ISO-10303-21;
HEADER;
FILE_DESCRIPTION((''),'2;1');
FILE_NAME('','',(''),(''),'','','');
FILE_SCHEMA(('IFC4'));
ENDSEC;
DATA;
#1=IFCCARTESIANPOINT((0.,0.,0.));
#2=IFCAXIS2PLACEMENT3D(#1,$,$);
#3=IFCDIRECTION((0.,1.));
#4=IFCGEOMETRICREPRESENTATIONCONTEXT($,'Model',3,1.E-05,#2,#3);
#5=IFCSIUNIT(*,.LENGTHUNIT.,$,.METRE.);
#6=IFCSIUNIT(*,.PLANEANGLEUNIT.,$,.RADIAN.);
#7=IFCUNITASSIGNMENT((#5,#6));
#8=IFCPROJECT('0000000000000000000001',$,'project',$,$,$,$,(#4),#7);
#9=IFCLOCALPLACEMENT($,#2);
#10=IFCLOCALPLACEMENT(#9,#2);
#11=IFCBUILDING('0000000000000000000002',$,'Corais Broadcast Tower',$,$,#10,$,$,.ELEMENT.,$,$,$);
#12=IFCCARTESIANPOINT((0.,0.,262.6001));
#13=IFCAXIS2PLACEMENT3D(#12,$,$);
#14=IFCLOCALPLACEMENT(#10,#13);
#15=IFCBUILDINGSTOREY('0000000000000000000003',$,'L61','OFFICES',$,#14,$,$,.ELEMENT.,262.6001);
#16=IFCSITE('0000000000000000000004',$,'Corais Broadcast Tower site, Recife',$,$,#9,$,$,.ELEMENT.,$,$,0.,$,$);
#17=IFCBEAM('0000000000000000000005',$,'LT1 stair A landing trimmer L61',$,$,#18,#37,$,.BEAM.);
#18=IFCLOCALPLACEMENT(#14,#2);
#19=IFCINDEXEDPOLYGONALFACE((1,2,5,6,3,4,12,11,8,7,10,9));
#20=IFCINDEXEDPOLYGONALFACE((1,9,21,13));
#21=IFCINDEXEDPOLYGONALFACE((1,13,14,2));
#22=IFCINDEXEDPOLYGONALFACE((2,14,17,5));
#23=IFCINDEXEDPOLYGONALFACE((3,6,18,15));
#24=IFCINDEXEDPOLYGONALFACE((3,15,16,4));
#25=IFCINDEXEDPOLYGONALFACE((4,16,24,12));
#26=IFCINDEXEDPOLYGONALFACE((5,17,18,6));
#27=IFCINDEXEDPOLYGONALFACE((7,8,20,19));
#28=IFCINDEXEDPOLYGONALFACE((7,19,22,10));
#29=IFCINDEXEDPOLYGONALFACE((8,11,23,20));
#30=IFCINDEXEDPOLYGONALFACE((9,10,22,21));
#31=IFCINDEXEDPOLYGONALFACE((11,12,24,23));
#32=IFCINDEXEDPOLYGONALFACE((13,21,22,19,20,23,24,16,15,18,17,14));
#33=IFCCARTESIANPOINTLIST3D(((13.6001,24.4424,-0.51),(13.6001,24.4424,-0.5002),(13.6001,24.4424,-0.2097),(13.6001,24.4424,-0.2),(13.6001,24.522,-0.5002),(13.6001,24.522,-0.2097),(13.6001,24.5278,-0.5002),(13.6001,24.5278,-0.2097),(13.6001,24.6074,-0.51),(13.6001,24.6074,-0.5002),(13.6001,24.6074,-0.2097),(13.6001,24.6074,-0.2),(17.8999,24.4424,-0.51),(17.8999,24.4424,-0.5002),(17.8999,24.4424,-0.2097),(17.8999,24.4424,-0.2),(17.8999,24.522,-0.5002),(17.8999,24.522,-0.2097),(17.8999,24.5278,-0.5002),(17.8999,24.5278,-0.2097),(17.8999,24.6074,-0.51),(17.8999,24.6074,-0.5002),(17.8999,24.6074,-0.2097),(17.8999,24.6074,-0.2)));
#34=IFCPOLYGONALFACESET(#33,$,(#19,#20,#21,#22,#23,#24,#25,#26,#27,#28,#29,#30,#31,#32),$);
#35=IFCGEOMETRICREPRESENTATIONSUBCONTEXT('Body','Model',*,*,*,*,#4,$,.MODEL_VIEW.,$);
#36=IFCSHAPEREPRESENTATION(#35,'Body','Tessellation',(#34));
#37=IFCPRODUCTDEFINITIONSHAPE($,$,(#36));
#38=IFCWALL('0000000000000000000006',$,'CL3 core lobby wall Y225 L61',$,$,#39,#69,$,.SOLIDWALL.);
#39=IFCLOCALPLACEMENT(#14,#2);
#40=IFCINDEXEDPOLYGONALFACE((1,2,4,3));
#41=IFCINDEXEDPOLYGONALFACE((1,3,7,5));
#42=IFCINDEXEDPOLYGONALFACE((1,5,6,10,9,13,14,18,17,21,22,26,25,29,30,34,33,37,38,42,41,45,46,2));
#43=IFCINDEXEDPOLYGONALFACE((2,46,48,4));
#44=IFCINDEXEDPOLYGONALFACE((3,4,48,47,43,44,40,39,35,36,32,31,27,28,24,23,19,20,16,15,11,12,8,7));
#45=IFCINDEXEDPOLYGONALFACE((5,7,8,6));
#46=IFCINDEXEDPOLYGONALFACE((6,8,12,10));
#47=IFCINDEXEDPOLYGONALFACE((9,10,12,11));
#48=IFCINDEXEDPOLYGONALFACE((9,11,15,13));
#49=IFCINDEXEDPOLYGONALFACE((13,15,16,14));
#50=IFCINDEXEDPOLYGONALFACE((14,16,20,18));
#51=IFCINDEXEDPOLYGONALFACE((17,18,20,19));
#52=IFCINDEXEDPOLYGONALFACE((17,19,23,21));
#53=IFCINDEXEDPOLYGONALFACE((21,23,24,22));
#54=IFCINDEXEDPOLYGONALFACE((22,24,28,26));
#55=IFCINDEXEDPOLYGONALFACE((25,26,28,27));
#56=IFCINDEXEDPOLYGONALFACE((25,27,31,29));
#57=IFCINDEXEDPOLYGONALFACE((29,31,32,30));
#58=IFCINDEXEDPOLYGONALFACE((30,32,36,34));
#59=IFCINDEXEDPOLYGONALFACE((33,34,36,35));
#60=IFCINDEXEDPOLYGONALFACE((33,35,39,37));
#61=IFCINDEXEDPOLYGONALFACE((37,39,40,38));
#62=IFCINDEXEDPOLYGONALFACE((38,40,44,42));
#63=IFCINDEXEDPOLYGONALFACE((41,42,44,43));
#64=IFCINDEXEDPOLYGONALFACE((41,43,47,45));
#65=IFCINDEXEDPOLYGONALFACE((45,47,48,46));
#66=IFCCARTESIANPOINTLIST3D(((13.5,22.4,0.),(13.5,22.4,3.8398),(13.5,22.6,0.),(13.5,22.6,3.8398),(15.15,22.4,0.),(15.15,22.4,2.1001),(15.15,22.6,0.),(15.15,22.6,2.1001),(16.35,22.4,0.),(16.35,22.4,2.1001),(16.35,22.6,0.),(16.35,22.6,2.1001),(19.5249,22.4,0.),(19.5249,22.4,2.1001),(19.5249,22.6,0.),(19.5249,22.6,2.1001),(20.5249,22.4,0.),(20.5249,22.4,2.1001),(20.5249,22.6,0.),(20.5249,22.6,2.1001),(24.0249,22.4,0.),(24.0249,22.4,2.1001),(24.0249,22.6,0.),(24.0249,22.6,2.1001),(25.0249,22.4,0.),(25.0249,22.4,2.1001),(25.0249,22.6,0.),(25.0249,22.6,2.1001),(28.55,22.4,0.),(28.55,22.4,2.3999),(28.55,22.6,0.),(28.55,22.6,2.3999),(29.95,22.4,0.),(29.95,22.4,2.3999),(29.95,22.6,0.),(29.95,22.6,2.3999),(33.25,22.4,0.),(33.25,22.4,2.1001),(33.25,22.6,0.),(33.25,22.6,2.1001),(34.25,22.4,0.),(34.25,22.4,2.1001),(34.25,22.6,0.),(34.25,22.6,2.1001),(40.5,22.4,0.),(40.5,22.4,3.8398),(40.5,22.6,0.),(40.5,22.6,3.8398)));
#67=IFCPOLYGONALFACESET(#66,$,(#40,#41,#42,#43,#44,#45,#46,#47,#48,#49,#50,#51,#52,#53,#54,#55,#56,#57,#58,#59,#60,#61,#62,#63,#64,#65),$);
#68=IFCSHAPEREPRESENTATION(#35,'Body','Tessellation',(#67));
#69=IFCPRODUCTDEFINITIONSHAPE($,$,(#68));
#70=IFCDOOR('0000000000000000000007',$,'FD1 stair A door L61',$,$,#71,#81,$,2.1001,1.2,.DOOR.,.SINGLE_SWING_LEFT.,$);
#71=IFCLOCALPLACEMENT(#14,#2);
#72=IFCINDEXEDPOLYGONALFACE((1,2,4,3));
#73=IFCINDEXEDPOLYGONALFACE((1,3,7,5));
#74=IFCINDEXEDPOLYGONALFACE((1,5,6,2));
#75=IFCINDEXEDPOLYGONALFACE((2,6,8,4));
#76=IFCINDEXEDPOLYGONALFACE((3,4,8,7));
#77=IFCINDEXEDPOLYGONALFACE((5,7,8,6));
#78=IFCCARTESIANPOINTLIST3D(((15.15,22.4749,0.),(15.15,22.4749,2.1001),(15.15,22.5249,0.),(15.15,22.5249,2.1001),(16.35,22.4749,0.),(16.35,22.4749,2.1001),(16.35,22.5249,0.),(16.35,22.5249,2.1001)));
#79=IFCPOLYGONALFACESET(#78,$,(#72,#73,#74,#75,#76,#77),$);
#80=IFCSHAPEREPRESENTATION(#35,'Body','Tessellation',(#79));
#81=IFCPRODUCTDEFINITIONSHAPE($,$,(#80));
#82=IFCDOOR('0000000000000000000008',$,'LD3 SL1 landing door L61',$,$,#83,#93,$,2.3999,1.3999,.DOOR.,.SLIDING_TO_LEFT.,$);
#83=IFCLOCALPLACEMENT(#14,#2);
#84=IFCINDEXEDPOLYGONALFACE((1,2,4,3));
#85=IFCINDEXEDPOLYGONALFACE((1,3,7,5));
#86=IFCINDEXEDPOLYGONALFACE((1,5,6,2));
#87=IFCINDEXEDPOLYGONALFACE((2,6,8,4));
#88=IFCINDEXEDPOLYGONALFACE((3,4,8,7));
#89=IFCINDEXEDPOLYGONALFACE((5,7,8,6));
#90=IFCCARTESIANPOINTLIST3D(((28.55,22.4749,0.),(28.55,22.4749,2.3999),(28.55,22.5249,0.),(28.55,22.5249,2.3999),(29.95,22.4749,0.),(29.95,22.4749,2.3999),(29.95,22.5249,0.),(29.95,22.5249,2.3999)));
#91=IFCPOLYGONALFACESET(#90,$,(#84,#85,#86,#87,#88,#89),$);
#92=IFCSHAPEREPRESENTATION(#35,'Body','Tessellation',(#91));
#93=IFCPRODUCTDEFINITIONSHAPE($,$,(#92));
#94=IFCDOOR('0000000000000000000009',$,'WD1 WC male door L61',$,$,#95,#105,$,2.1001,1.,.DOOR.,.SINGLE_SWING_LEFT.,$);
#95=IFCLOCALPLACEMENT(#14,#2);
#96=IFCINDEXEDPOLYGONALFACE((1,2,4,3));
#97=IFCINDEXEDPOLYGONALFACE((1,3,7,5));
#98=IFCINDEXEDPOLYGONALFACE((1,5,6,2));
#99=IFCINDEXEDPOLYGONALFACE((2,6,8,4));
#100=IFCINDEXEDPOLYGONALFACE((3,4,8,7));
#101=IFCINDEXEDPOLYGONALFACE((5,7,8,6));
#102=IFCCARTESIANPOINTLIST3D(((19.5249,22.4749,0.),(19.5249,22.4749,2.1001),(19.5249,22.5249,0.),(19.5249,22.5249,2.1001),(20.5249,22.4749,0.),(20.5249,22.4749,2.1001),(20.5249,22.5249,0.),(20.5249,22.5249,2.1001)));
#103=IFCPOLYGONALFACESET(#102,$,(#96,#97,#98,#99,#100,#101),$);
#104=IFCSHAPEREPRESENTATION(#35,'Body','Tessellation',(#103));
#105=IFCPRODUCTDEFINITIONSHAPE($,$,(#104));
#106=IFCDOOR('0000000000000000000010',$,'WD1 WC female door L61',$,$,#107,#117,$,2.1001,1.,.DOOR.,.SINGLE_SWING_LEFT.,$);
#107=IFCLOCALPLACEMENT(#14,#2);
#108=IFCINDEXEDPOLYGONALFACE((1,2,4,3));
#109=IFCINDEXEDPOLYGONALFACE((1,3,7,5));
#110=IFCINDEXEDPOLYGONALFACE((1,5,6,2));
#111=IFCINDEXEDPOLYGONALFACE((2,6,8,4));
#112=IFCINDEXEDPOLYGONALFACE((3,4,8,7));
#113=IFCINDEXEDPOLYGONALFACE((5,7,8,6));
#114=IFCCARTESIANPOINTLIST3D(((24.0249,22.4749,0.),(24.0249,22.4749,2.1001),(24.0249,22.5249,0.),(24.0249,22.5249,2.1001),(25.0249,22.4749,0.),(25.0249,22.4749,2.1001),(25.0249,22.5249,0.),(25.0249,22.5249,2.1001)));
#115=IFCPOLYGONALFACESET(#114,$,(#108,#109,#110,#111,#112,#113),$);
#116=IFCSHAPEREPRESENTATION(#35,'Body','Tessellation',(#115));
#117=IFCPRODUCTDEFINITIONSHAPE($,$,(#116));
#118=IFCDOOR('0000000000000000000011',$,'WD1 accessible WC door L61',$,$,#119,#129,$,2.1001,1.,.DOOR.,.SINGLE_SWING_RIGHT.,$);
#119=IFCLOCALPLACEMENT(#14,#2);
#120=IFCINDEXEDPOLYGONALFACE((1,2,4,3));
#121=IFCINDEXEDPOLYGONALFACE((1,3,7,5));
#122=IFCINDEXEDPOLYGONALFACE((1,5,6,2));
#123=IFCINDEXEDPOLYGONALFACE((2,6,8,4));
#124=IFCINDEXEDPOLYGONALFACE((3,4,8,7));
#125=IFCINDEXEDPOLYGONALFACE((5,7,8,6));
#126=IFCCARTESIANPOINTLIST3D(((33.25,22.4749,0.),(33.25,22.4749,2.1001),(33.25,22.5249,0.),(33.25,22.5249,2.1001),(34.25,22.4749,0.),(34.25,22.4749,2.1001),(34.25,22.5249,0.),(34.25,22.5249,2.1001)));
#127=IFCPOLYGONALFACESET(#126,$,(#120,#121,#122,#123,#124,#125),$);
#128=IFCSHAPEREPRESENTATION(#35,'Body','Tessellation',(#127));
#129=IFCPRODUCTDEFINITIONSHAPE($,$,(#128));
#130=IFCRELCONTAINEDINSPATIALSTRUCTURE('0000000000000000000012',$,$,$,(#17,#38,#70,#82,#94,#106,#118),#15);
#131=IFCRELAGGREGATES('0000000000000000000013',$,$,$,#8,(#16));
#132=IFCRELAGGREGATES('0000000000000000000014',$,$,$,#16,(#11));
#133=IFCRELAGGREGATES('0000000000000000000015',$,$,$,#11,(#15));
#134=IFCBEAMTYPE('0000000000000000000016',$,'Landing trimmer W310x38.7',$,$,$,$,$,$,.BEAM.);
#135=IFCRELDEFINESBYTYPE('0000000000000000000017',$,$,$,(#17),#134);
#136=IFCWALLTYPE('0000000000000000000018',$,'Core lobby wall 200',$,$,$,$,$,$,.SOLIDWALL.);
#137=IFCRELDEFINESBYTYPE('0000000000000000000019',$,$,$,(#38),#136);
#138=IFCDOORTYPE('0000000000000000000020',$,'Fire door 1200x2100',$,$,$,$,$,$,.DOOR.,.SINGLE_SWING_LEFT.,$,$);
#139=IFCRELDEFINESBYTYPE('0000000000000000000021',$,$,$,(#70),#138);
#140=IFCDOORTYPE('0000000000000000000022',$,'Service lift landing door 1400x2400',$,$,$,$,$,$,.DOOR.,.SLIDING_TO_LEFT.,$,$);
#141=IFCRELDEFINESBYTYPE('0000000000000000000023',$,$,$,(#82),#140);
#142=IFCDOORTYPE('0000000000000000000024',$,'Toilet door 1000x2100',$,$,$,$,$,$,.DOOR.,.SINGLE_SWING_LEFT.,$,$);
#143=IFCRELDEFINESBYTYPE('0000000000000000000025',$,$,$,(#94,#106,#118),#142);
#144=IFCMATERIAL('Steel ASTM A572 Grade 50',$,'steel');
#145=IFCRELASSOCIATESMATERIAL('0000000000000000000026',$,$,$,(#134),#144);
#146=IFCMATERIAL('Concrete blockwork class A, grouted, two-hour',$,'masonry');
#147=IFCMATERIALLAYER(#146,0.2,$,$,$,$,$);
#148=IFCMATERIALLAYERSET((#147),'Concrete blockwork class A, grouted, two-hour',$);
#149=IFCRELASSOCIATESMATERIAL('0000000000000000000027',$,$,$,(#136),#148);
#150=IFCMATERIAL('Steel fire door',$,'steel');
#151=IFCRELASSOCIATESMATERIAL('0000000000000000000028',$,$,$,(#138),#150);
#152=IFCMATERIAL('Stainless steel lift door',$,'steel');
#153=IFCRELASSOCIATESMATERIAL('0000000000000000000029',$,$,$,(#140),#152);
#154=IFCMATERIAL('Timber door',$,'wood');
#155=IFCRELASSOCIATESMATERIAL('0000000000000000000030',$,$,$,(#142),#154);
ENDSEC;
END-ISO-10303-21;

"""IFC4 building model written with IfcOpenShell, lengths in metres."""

from ifc_helpers import new_model, si_unit, direction, frame, frame_2d, origin, origin_2d, place, context, subcontext, project, spatial, rectangle, i_section, extrude, material, layer, layer_set, material_profile, profile_set, type_object, element, fill, save


model = new_model("IFC4")

# Units and contexts
model_context = context("Model", 3, precision=1e-05, world=origin(), true_north=direction((0.0, 1.0)))
body_context = subcontext(model_context, "Body", "Model", "MODEL_VIEW")
ifc_project = project(units=[si_unit("LENGTHUNIT", "METRE"), si_unit("PLANEANGLEUNIT", "RADIAN")], contexts=[model_context])

# Site, building, storey
site_placement = place(None, origin())
site = spatial("IfcSite", under=ifc_project, at=site_placement, Name="Corais Broadcast Tower site, Recife", CompositionType="ELEMENT", RefElevation=0.0)
building_placement = place(site_placement, origin())
building = spatial("IfcBuilding", under=site, at=building_placement, Name="Corais Broadcast Tower", CompositionType="ELEMENT")
storey_placement = place(building_placement, frame((0.0, 0.0, 262.6001)))
storey = spatial("IfcBuildingStorey", under=building, at=storey_placement, Name="L61", Description="OFFICES", CompositionType="ELEMENT", Elevation=262.6001)

# Beam
ifc_material_1 = material(Name="Steel ASTM A572 Grade 50", Category="steel")
ifc_material_profile = material_profile(ifc_material_1, i_section(OverallWidth=0.165, OverallDepth=0.3101, WebThickness=0.0059, FlangeThickness=0.0098, at=origin_2d()), Name="W310x38.7")
ifc_profile_set = profile_set([ifc_material_profile], Name="Steel ASTM A572 Grade 50")
beam_type = type_object("IfcBeamType", Name="Landing trimmer W310x38.7", PredefinedType="BEAM", material=ifc_profile_set)
beam_placement = place(storey_placement, frame((13.6001, 24.5249, -0.355), z_axis=(1.0, 0.0, 0.0), x_axis=(0.0, 1.0, 0.0)))
element("IfcBeam", 1, at=beam_placement, inside=storey, type_object=beam_type, Name="LT1 stair A landing trimmer L61", PredefinedType="BEAM", context=body_context, shape_type="SweptSolid", body=[
    extrude(i_section(OverallWidth=0.165, OverallDepth=0.3101, WebThickness=0.0059, FlangeThickness=0.0098, at=origin_2d()), origin(), (0.0, 0.0, 1.0), 4.2998),
])

# Wall, openings, doors
ifc_material_2 = material(Name="Concrete blockwork class A, grouted, two-hour", Category="masonry")
ifc_layer_1 = layer(ifc_material_2, 0.2)
ifc_layer_set_1 = layer_set([ifc_layer_1], Name="Concrete blockwork class A, grouted, two-hour")
wall_type_1 = type_object("IfcWallType", Name="Core lobby wall 200", PredefinedType="SOLIDWALL", material=ifc_layer_set_1)
wall_1_placement = place(storey_placement, frame((13.5, 22.5, 0.0), z_axis=(0.0, 0.0, 1.0), x_axis=(1.0, 0.0, 0.0)))
wall_1 = element("IfcWall", 2, at=wall_1_placement, inside=storey, type_object=wall_type_1, Name="CL3 core lobby wall Y225 L61", PredefinedType="SOLIDWALL", context=body_context, shape_type="SweptSolid", body=[
    extrude(rectangle(XDim=27.0, YDim=0.2, at=frame_2d((13.5, 0.0))), origin(), (0.0, 0.0, 1.0), 3.8398),
])
opening_1_placement = place(wall_1_placement, frame((1.6499, 0.0, 0.0)))
opening_1 = element("IfcOpeningElement", 3, at=opening_1_placement, cuts=wall_1, PredefinedType="OPENING", context=body_context, shape_type="SweptSolid", body=[
    extrude(rectangle(XDim=1.2, YDim=2.1001, at=frame_2d((0.6001, 1.05))), frame((0.0, 0.1099, 0.0), z_axis=(0.0, -1.0, 0.0), x_axis=(1.0, 0.0, 0.0)), (0.0, 0.0, 1.0), 0.22),
])
opening_2_placement = place(wall_1_placement, frame((6.0249, 0.0, 0.0)))
opening_2 = element("IfcOpeningElement", 4, at=opening_2_placement, cuts=wall_1, PredefinedType="OPENING", context=body_context, shape_type="SweptSolid", body=[
    extrude(rectangle(XDim=1.0, YDim=2.1001, at=frame_2d((0.5, 1.05))), frame((0.0, 0.1099, 0.0), z_axis=(0.0, -1.0, 0.0), x_axis=(1.0, 0.0, 0.0)), (0.0, 0.0, 1.0), 0.22),
])
opening_3_placement = place(wall_1_placement, frame((10.5249, 0.0, 0.0)))
opening_3 = element("IfcOpeningElement", 5, at=opening_3_placement, cuts=wall_1, PredefinedType="OPENING", context=body_context, shape_type="SweptSolid", body=[
    extrude(rectangle(XDim=1.0, YDim=2.1001, at=frame_2d((0.5, 1.05))), frame((0.0, 0.1099, 0.0), z_axis=(0.0, -1.0, 0.0), x_axis=(1.0, 0.0, 0.0)), (0.0, 0.0, 1.0), 0.22),
])
opening_4_placement = place(wall_1_placement, frame((19.75, 0.0, 0.0)))
opening_4 = element("IfcOpeningElement", 6, at=opening_4_placement, cuts=wall_1, PredefinedType="OPENING", context=body_context, shape_type="SweptSolid", body=[
    extrude(rectangle(XDim=1.0, YDim=2.1001, at=frame_2d((0.5, 1.05))), frame((0.0, 0.1099, 0.0), z_axis=(0.0, -1.0, 0.0), x_axis=(1.0, 0.0, 0.0)), (0.0, 0.0, 1.0), 0.22),
])
opening_5_placement = place(wall_1_placement, frame((15.05, 0.0, 0.0)))
opening_5 = element("IfcOpeningElement", 7, at=opening_5_placement, cuts=wall_1, PredefinedType="OPENING", context=body_context, shape_type="SweptSolid", body=[
    extrude(rectangle(XDim=1.3999, YDim=2.3999, at=frame_2d((0.7, 1.2))), frame((0.0, 0.1099, 0.0), z_axis=(0.0, -1.0, 0.0), x_axis=(1.0, 0.0, 0.0)), (0.0, 0.0, 1.0), 0.22),
])
ifc_material_3 = material(Name="Steel fire door", Category="steel")
door_type_1 = type_object("IfcDoorType", Name="Fire door 1200x2100", OperationType="SINGLE_SWING_LEFT", PredefinedType="DOOR", material=ifc_material_3)
door_1_placement = place(opening_1_placement, origin())
door_1 = element("IfcDoor", 8, at=door_1_placement, inside=storey, type_object=door_type_1, Name="FD1 stair A door L61", OperationType="SINGLE_SWING_LEFT", OverallHeight=2.1001, OverallWidth=1.2, PredefinedType="DOOR", context=body_context, shape_type="SweptSolid", body=[
    extrude(rectangle(XDim=1.2, YDim=2.1001, at=frame_2d((0.6001, 1.05))), frame((0.0, 0.0249, 0.0), z_axis=(0.0, -1.0, 0.0), x_axis=(1.0, 0.0, 0.0)), (0.0, 0.0, 1.0), 0.05),
])
fill(opening_1, door_1)
ifc_material_4 = material(Name="Stainless steel lift door", Category="steel")
door_type_2 = type_object("IfcDoorType", Name="Service lift landing door 1400x2400", OperationType="SLIDING_TO_LEFT", PredefinedType="DOOR", material=ifc_material_4)
door_2_placement = place(opening_5_placement, origin())
door_2 = element("IfcDoor", 9, at=door_2_placement, inside=storey, type_object=door_type_2, Name="LD3 SL1 landing door L61", OperationType="SLIDING_TO_LEFT", OverallHeight=2.3999, OverallWidth=1.3999, PredefinedType="DOOR", context=body_context, shape_type="SweptSolid", body=[
    extrude(rectangle(XDim=1.3999, YDim=2.3999, at=frame_2d((0.7, 1.2))), frame((0.0, 0.0249, 0.0), z_axis=(0.0, -1.0, 0.0), x_axis=(1.0, 0.0, 0.0)), (0.0, 0.0, 1.0), 0.05),
])
fill(opening_5, door_2)
ifc_material_5 = material(Name="Timber door", Category="wood")
door_type_3 = type_object("IfcDoorType", Name="Toilet door 1000x2100", OperationType="SINGLE_SWING_LEFT", PredefinedType="DOOR", material=ifc_material_5)
door_3_placement = place(opening_2_placement, origin())
door_3 = element("IfcDoor", 10, at=door_3_placement, inside=storey, type_object=door_type_3, Name="WD1 WC male door L61", OperationType="SINGLE_SWING_LEFT", OverallHeight=2.1001, OverallWidth=1.0, PredefinedType="DOOR", context=body_context, shape_type="SweptSolid", body=[
    extrude(rectangle(XDim=1.0, YDim=2.1001, at=frame_2d((0.5, 1.05))), frame((0.0, 0.0249, 0.0), z_axis=(0.0, -1.0, 0.0), x_axis=(1.0, 0.0, 0.0)), (0.0, 0.0, 1.0), 0.05),
])
fill(opening_2, door_3)
door_4_placement = place(opening_3_placement, origin())
door_4 = element("IfcDoor", 11, at=door_4_placement, inside=storey, type_object=door_type_3, Name="WD1 WC female door L61", OperationType="SINGLE_SWING_LEFT", OverallHeight=2.1001, OverallWidth=1.0, PredefinedType="DOOR", context=body_context, shape_type="SweptSolid", body=[
    extrude(rectangle(XDim=1.0, YDim=2.1001, at=frame_2d((0.5, 1.05))), frame((0.0, 0.0249, 0.0), z_axis=(0.0, -1.0, 0.0), x_axis=(1.0, 0.0, 0.0)), (0.0, 0.0, 1.0), 0.05),
])
fill(opening_3, door_4)
door_5_placement = place(opening_4_placement, origin())
door_5 = element("IfcDoor", 12, at=door_5_placement, inside=storey, type_object=door_type_3, Name="WD1 accessible WC door L61", OperationType="SINGLE_SWING_RIGHT", OverallHeight=2.1001, OverallWidth=1.0, PredefinedType="DOOR", context=body_context, shape_type="SweptSolid", body=[
    extrude(rectangle(XDim=1.0, YDim=2.1001, at=frame_2d((0.5, 1.05))), frame((0.0, 0.0249, 0.0), z_axis=(0.0, -1.0, 0.0), x_axis=(1.0, 0.0, 0.0)), (0.0, 0.0, 1.0), 0.05),
])
fill(opening_4, door_5)

save(model, "model.ifc")
